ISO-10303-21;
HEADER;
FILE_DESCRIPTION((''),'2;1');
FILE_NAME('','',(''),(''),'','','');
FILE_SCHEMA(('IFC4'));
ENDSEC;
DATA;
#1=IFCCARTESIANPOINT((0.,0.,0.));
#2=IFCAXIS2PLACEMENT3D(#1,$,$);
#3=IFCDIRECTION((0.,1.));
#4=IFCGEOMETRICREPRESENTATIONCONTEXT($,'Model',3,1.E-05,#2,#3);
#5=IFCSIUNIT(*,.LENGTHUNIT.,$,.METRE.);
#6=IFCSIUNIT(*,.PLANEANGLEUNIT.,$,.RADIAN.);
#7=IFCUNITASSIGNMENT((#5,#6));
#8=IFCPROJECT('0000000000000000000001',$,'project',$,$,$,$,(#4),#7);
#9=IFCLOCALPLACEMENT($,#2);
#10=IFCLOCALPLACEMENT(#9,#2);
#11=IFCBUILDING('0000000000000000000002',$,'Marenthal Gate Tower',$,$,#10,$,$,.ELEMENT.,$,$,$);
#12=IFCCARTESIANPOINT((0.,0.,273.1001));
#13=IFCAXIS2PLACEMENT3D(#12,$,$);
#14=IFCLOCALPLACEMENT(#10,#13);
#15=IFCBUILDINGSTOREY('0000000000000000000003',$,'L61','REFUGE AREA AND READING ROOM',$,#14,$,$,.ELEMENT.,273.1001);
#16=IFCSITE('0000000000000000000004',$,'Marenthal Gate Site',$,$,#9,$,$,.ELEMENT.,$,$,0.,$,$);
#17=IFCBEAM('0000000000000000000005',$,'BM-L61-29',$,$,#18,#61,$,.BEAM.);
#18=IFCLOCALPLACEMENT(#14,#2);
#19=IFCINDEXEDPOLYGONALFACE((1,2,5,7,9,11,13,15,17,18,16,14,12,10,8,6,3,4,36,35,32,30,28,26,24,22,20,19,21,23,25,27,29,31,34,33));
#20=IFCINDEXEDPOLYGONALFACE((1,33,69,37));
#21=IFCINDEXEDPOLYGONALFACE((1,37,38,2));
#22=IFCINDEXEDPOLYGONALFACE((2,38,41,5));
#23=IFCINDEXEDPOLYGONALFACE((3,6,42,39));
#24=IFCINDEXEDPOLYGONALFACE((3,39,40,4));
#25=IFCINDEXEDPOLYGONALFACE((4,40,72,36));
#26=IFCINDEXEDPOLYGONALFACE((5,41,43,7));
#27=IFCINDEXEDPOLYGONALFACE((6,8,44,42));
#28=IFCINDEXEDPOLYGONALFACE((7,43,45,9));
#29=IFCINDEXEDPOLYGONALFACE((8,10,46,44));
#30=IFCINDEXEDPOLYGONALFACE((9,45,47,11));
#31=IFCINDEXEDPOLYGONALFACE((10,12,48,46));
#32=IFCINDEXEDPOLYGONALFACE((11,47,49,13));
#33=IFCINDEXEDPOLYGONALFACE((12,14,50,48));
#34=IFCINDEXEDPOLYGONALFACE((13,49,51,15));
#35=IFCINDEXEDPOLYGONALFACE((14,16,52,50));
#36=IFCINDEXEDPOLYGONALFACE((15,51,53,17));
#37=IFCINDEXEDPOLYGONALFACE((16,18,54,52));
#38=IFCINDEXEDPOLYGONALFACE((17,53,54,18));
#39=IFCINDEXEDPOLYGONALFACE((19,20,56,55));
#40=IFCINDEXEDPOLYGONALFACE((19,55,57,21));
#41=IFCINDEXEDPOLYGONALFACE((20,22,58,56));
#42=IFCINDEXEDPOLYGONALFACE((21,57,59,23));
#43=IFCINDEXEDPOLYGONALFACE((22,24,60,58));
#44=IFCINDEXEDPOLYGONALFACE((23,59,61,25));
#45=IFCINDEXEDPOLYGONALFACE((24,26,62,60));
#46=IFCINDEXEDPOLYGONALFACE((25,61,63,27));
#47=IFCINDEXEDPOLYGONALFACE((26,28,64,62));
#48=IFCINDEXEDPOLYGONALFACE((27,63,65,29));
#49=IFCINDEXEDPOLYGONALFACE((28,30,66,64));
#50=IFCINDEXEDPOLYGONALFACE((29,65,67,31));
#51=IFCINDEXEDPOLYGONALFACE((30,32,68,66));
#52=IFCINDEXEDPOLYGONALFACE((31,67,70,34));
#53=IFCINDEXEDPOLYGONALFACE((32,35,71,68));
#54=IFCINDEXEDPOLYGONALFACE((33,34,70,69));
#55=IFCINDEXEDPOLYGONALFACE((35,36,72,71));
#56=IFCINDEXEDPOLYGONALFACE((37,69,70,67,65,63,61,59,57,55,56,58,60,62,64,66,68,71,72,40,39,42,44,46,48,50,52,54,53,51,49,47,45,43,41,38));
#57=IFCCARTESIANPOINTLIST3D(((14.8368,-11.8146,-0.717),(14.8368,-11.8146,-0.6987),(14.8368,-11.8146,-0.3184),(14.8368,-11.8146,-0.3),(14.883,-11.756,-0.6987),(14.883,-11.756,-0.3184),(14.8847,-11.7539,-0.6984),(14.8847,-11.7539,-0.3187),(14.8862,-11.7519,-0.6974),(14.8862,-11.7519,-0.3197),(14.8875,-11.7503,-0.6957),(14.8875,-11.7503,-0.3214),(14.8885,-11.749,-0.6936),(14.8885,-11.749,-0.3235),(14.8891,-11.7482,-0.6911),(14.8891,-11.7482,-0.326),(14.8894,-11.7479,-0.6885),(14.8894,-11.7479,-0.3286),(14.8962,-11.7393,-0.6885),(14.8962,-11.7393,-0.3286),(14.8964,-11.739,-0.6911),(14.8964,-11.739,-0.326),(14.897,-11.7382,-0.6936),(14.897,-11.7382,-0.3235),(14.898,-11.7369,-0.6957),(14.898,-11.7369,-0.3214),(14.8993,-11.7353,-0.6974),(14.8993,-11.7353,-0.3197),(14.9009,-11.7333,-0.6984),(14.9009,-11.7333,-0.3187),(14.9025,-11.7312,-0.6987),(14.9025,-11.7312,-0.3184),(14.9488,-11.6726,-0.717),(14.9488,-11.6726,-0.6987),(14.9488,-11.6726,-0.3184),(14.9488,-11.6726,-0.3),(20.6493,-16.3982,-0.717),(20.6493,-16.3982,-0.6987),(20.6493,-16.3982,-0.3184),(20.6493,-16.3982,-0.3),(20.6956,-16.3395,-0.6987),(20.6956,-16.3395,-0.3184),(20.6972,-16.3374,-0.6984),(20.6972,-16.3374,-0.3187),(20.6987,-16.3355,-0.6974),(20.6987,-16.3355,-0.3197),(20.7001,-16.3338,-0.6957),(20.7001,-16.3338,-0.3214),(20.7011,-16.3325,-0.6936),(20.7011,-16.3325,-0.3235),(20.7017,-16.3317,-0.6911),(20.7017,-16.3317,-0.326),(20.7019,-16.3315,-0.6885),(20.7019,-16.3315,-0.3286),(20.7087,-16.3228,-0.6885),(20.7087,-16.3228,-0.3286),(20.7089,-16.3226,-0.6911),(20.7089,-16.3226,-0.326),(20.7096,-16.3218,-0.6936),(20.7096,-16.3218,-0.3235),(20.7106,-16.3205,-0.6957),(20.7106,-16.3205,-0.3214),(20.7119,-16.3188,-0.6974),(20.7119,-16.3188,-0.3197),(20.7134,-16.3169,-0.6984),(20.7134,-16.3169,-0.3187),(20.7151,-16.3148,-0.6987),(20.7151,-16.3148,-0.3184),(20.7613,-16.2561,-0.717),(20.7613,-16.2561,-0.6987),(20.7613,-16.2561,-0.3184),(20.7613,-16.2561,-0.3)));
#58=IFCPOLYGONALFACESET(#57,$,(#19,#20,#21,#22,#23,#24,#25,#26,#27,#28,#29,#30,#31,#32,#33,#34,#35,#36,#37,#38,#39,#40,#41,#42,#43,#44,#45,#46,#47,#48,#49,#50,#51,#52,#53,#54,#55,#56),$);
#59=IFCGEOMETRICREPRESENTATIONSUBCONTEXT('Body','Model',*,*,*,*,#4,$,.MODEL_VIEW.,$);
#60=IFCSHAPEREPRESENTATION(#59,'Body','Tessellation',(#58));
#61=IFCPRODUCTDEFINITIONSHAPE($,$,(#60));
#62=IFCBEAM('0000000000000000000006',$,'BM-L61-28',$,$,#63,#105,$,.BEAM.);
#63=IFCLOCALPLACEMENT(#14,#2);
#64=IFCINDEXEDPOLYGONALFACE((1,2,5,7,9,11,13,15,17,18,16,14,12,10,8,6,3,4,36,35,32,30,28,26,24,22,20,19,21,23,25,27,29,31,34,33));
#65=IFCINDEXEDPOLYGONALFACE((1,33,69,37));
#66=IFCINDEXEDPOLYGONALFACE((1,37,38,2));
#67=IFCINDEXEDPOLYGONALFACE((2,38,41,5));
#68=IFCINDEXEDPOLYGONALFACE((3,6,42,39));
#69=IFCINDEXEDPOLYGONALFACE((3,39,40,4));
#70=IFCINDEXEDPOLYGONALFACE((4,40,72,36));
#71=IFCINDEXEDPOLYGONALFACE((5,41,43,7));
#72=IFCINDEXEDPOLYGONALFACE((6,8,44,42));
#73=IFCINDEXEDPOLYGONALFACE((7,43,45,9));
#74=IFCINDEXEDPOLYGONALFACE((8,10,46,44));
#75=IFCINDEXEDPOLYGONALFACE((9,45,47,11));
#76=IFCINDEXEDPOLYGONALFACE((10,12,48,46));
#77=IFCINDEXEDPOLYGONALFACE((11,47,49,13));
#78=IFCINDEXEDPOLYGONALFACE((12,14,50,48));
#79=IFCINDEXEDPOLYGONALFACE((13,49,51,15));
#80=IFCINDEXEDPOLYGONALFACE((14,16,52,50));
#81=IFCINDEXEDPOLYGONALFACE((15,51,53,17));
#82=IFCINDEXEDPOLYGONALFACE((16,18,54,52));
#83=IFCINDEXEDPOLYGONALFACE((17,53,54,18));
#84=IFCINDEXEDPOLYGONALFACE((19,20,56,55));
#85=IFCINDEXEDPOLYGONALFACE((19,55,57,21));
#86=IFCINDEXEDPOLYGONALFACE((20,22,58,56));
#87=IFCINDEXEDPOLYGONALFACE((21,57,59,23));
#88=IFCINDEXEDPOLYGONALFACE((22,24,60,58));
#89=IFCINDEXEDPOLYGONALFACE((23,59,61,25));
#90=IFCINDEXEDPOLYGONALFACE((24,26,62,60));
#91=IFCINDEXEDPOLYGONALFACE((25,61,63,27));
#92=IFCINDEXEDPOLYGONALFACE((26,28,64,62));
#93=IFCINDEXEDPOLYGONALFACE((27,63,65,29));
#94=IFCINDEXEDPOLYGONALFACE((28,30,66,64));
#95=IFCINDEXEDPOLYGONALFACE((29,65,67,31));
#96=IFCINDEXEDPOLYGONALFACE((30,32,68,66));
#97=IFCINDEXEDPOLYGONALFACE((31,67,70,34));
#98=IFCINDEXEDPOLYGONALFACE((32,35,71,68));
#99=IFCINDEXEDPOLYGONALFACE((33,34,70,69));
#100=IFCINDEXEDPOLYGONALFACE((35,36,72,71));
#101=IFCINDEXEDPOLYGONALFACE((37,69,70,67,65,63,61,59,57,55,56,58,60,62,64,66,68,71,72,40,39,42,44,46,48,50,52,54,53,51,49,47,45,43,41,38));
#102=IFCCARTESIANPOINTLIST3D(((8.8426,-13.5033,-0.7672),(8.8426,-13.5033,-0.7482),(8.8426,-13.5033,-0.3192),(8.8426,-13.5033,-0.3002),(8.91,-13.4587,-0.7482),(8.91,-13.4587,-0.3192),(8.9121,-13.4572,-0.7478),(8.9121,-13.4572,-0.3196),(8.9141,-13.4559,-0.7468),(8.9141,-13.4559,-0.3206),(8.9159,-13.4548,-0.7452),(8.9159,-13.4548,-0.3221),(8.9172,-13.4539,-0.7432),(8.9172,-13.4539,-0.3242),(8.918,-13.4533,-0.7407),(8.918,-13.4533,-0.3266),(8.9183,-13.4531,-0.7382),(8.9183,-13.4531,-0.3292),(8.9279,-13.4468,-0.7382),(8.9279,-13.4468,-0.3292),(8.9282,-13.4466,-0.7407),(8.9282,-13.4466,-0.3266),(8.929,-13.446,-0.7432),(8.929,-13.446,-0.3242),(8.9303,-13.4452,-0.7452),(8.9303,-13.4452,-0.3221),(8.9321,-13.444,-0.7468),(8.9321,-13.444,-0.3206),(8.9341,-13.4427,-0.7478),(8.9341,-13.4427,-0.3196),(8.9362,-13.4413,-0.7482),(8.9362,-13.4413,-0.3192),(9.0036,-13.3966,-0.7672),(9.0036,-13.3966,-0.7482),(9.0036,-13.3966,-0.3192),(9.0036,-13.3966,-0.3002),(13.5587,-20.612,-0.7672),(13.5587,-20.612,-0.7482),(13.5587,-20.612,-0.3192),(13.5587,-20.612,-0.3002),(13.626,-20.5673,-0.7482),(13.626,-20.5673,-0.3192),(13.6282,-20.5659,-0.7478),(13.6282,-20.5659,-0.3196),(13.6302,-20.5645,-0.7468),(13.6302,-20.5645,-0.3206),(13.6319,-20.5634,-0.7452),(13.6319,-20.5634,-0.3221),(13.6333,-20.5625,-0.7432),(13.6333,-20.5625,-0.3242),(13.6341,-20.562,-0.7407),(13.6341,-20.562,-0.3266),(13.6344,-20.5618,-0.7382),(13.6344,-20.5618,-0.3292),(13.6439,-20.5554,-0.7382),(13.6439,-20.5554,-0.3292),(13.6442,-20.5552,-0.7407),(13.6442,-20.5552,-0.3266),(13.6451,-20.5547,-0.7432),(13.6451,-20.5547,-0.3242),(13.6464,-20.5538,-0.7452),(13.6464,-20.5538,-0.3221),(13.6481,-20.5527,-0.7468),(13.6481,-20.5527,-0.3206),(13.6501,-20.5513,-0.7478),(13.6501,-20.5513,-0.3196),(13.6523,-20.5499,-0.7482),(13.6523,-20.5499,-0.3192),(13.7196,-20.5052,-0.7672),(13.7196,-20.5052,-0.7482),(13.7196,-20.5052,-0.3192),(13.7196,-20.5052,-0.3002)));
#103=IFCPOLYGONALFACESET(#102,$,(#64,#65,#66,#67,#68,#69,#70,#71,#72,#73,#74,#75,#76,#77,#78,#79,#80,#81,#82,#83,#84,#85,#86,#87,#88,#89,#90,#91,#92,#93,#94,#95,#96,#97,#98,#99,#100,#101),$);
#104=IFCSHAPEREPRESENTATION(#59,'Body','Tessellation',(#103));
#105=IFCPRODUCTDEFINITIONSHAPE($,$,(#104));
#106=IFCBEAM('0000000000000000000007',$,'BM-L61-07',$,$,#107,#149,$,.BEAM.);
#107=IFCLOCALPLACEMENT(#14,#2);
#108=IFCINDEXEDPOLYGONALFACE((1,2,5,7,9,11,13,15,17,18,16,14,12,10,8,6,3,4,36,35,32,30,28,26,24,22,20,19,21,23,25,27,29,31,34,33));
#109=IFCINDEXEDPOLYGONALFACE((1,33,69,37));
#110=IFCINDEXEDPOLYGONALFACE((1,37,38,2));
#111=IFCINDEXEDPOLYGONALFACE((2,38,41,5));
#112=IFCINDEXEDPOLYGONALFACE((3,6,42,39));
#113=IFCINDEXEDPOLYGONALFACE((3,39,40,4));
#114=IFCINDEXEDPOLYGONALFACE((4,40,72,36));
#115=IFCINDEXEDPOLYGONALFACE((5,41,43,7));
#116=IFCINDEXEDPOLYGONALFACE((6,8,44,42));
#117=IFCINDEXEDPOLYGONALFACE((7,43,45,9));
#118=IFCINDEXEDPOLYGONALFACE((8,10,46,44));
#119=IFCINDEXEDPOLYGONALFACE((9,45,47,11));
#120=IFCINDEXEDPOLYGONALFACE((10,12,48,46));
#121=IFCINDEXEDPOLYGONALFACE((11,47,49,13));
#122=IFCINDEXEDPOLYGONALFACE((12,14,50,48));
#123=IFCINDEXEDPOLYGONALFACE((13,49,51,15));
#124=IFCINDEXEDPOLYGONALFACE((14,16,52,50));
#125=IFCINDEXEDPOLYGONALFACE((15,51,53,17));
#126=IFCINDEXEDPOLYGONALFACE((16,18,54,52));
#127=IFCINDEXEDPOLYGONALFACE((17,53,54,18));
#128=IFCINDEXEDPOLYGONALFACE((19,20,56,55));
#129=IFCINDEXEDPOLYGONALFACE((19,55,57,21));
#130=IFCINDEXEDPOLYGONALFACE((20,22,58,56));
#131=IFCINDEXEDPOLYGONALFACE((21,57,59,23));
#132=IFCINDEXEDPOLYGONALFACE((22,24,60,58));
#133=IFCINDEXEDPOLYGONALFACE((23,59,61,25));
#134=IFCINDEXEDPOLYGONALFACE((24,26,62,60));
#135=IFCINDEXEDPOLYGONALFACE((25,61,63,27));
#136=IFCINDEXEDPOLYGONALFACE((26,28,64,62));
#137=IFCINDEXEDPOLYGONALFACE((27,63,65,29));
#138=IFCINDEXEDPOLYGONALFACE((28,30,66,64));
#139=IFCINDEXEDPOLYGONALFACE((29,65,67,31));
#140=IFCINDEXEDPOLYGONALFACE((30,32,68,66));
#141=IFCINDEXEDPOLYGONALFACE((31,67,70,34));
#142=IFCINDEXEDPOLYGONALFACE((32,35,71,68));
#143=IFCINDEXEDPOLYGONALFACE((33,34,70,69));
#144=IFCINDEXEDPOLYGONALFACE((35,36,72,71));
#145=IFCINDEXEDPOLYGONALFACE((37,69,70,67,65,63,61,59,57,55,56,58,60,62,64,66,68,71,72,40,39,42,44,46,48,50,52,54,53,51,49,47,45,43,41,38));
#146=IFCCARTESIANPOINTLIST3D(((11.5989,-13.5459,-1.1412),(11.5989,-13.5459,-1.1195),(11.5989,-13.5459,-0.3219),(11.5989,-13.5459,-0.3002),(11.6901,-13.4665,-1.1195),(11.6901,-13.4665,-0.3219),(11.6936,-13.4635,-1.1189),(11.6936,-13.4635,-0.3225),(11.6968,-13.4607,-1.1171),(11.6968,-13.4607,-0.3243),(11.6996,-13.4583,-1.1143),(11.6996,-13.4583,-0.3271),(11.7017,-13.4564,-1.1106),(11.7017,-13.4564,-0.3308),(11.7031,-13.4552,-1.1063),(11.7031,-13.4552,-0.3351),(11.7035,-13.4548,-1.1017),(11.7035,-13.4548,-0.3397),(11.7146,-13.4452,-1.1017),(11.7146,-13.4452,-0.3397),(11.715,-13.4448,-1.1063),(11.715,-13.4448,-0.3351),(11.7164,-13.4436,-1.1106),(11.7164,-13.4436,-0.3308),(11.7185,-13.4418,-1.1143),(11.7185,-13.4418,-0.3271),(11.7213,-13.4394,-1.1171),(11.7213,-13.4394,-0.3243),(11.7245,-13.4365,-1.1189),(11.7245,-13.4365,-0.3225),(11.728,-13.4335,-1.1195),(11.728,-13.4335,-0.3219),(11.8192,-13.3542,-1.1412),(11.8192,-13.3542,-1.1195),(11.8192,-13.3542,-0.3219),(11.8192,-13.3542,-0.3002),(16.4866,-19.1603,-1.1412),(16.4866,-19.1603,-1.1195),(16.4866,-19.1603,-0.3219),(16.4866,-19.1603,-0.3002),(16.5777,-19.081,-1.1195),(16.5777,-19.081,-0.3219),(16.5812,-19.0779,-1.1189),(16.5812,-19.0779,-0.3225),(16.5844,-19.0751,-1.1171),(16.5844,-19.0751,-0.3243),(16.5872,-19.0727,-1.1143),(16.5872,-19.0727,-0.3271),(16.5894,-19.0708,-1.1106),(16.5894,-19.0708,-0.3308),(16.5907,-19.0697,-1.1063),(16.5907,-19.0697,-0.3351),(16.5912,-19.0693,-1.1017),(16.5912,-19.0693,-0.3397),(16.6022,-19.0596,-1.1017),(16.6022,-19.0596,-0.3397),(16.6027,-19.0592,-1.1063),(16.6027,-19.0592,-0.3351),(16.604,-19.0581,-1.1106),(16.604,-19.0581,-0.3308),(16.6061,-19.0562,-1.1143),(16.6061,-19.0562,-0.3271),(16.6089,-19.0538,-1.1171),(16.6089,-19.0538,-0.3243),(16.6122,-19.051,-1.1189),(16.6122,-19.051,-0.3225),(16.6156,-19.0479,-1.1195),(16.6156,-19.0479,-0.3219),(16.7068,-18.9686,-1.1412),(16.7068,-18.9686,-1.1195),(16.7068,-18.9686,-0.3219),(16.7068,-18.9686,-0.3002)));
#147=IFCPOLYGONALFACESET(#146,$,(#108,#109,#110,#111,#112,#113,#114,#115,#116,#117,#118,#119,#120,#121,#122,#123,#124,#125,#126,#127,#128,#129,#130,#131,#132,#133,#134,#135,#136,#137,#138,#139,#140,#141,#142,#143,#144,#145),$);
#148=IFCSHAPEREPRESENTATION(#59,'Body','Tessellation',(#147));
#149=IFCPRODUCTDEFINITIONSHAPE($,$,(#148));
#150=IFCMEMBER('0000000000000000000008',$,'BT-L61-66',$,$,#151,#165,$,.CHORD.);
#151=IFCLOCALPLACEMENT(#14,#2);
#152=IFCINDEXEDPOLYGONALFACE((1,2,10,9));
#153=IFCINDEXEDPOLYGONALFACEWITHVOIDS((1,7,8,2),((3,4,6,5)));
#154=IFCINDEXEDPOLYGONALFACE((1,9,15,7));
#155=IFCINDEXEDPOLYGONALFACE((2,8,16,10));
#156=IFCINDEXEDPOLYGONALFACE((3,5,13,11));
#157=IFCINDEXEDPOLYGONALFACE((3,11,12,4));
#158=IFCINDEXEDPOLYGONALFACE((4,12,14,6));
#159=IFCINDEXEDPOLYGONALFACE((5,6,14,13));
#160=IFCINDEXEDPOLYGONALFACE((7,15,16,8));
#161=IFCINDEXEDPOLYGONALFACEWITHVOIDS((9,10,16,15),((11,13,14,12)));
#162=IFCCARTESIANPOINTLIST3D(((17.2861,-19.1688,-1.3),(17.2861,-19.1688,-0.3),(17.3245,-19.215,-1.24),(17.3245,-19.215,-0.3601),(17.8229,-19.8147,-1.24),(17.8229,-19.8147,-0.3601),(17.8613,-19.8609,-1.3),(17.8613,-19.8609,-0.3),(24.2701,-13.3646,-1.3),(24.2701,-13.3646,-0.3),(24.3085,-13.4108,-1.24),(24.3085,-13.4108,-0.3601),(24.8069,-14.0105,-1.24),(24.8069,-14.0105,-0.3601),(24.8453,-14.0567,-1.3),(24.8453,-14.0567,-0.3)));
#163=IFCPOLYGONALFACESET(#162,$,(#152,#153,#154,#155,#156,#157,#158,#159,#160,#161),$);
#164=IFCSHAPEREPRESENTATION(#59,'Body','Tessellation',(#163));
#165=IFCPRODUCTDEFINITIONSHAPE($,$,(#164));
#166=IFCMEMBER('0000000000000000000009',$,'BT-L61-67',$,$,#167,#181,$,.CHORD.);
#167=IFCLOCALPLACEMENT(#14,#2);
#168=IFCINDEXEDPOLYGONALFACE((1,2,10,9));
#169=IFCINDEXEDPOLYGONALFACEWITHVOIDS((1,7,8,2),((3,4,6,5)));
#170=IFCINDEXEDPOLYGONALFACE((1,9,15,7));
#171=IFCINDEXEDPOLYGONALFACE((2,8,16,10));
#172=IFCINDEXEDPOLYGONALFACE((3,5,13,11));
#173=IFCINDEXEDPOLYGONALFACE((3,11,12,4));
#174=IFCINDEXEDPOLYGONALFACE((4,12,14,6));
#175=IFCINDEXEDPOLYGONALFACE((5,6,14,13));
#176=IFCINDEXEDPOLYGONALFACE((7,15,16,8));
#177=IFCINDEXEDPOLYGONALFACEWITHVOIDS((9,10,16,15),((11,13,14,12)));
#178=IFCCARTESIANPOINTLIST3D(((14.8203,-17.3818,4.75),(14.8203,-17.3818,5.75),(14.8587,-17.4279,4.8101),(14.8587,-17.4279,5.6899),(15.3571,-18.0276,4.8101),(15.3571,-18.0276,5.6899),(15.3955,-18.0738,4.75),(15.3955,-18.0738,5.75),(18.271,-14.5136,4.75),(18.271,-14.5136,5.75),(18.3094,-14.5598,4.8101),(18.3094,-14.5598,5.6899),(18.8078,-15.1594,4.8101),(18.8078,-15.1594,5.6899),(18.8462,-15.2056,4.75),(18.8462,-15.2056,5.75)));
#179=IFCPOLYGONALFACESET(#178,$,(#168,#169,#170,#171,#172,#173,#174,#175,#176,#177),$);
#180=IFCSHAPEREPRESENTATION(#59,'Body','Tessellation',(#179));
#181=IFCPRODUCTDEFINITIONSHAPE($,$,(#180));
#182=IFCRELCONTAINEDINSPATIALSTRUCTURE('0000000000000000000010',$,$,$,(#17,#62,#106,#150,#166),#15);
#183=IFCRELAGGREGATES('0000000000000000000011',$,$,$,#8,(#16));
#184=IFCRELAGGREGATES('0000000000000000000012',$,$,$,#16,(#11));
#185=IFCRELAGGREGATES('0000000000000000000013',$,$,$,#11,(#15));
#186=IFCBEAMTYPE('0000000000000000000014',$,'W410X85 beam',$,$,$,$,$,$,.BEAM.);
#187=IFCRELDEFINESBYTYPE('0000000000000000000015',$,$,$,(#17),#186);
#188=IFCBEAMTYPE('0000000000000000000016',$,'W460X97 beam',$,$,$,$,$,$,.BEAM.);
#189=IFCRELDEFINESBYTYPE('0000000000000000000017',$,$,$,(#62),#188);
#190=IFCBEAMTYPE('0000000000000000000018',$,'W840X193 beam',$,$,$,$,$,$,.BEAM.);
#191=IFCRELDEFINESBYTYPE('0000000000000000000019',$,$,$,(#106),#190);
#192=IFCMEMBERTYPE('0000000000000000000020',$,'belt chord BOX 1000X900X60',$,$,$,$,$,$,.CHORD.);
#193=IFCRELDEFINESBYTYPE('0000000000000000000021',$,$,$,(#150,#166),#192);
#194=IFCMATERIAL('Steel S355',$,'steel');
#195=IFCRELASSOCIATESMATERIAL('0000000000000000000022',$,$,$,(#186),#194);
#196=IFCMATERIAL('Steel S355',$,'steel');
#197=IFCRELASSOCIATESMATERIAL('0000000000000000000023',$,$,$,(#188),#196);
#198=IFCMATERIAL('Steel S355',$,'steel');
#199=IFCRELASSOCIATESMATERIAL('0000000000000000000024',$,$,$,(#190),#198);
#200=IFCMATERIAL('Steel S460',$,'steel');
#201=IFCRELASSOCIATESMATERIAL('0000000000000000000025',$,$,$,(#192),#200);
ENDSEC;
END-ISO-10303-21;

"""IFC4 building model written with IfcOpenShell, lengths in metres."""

from ifc_helpers import new_model, si_unit, direction, frame, origin, origin_2d, place, context, subcontext, project, spatial, hollow_rectangle, i_section, extrude, material, material_profile, profile_set, type_object, element, save


model = new_model("IFC4")

# Units and contexts
model_context = context("Model", 3, precision=1e-05, world=origin(), true_north=direction((0.0, 1.0)))
body_context = subcontext(model_context, "Body", "Model", "MODEL_VIEW")
ifc_project = project(units=[si_unit("LENGTHUNIT", "METRE"), si_unit("PLANEANGLEUNIT", "RADIAN")], contexts=[model_context])

# Site, building, storey
site_placement = place(None, origin())
site = spatial("IfcSite", under=ifc_project, at=site_placement, Name="Marenthal Gate Site", CompositionType="ELEMENT", RefElevation=0.0)
building_placement = place(site_placement, origin())
building = spatial("IfcBuilding", under=site, at=building_placement, Name="Marenthal Gate Tower", CompositionType="ELEMENT")
storey_placement = place(building_placement, frame((0.0, 0.0, 273.1001)))
storey = spatial("IfcBuildingStorey", under=building, at=storey_placement, Name="L61", Description="REFUGE AREA AND READING ROOM", CompositionType="ELEMENT", Elevation=273.1001)

# Beams
ifc_material_1 = material(Name="Steel S355", Category="steel")
ifc_material_profile_1 = material_profile(ifc_material_1, i_section(OverallWidth=0.1809, OverallDepth=0.417, WebThickness=0.011, FlangeThickness=0.0183, FilletRadius=0.0103, at=origin_2d()), Name="W410X85")
ifc_profile_set_1 = profile_set([ifc_material_profile_1], Name="Steel S355")
beam_type_1 = type_object("IfcBeamType", Name="W410X85 beam", PredefinedType="BEAM", material=ifc_profile_set_1)
beam_1_placement = place(storey_placement, frame((20.7053, -16.3271, -0.5085), z_axis=(-0.785232, 0.619201, 0.0), x_axis=(-0.619201, -0.785232, 0.0)))
element("IfcBeam", 1, at=beam_1_placement, inside=storey, type_object=beam_type_1, Name="BM-L61-29", PredefinedType="BEAM", context=body_context, shape_type="SweptSolid", body=[
    extrude(i_section(OverallWidth=0.1809, OverallDepth=0.417, WebThickness=0.011, FlangeThickness=0.0183, FilletRadius=0.0103, at=origin_2d()), origin(), (0.0, 0.0, 1.0), 7.4023),
])
ifc_material_2 = material(Name="Steel S355", Category="steel")
ifc_material_profile_2 = material_profile(ifc_material_2, i_section(OverallWidth=0.1931, OverallDepth=0.467, WebThickness=0.0115, FlangeThickness=0.019, FilletRadius=0.01, at=origin_2d()), Name="W460X97")
ifc_profile_set_2 = profile_set([ifc_material_profile_2], Name="Steel S355")
beam_type_2 = type_object("IfcBeamType", Name="W460X97 beam", PredefinedType="BEAM", material=ifc_profile_set_2)
beam_2_placement = place(storey_placement, frame((13.6392, -20.5586, -0.5337), z_axis=(-0.55283, 0.833294, 0.0), x_axis=(-0.833294, -0.55283, 0.0)))
element("IfcBeam", 2, at=beam_2_placement, inside=storey, type_object=beam_type_2, Name="BM-L61-28", PredefinedType="BEAM", context=body_context, shape_type="SweptSolid", body=[
    extrude(i_section(OverallWidth=0.1931, OverallDepth=0.467, WebThickness=0.0115, FlangeThickness=0.019, FilletRadius=0.01, at=origin_2d()), origin(), (0.0, 0.0, 1.0), 8.5308),
])
ifc_material_3 = material(Name="Steel S355", Category="steel")
ifc_material_profile_3 = material_profile(ifc_material_3, i_section(OverallWidth=0.292, OverallDepth=0.8411, WebThickness=0.0146, FlangeThickness=0.0217, FilletRadius=0.0178, at=origin_2d()), Name="W840X193")
ifc_profile_set_3 = profile_set([ifc_material_profile_3], Name="Steel S355")
beam_type_3 = type_object("IfcBeamType", Name="W840X193 beam", PredefinedType="BEAM", material=ifc_profile_set_3)
beam_3_placement = place(storey_placement, frame((16.5967, -19.0645, -0.7207), z_axis=(-0.656601, 0.754238, 0.0), x_axis=(-0.754238, -0.656601, 0.0)))
element("IfcBeam", 3, at=beam_3_placement, inside=storey, type_object=beam_type_3, Name="BM-L61-07", PredefinedType="BEAM", context=body_context, shape_type="SweptSolid", body=[
    extrude(i_section(OverallWidth=0.292, OverallDepth=0.8411, WebThickness=0.0146, FlangeThickness=0.0217, FilletRadius=0.0178, at=origin_2d()), origin(), (0.0, 0.0, 1.0), 7.4438),
])

# Members
ifc_material_4 = material(Name="Steel S460", Category="steel")
ifc_material_profile_4 = material_profile(ifc_material_4, hollow_rectangle(XDim=0.8999, YDim=1.0, WallThickness=0.0601, at=origin_2d()), Name="BOX 1000X900X60")
ifc_profile_set_4 = profile_set([ifc_material_profile_4], Name="Steel S460")
member_type_1 = type_object("IfcMemberType", Name="belt chord BOX 1000X900X60", PredefinedType="CHORD", material=ifc_profile_set_4)
member_1_placement = place(storey_placement, frame((17.5737, -19.5149, -0.8), z_axis=(0.769071, 0.639163, 0.0), x_axis=(-0.639163, 0.769071, 0.0)))
element("IfcMember", 4, at=member_1_placement, inside=storey, type_object=member_type_1, Name="BT-L61-66", PredefinedType="CHORD", context=body_context, shape_type="SweptSolid", body=[
    extrude(hollow_rectangle(XDim=0.8999, YDim=1.0, WallThickness=0.0601, at=origin_2d()), origin(), (0.0, 0.0, 1.0), 9.0811),
])
member_2_placement = place(storey_placement, frame((15.1079, -17.7278, 5.25), z_axis=(0.769032, 0.63921, 0.0), x_axis=(-0.63921, 0.769032, 0.0)))
element("IfcMember", 5, at=member_2_placement, inside=storey, type_object=member_type_1, Name="BT-L61-67", PredefinedType="CHORD", context=body_context, shape_type="SweptSolid", body=[
    extrude(hollow_rectangle(XDim=0.8999, YDim=1.0, WallThickness=0.0601, at=origin_2d()), origin(), (0.0, 0.0, 1.0), 4.4871),
])

save(model, "model.ifc")
